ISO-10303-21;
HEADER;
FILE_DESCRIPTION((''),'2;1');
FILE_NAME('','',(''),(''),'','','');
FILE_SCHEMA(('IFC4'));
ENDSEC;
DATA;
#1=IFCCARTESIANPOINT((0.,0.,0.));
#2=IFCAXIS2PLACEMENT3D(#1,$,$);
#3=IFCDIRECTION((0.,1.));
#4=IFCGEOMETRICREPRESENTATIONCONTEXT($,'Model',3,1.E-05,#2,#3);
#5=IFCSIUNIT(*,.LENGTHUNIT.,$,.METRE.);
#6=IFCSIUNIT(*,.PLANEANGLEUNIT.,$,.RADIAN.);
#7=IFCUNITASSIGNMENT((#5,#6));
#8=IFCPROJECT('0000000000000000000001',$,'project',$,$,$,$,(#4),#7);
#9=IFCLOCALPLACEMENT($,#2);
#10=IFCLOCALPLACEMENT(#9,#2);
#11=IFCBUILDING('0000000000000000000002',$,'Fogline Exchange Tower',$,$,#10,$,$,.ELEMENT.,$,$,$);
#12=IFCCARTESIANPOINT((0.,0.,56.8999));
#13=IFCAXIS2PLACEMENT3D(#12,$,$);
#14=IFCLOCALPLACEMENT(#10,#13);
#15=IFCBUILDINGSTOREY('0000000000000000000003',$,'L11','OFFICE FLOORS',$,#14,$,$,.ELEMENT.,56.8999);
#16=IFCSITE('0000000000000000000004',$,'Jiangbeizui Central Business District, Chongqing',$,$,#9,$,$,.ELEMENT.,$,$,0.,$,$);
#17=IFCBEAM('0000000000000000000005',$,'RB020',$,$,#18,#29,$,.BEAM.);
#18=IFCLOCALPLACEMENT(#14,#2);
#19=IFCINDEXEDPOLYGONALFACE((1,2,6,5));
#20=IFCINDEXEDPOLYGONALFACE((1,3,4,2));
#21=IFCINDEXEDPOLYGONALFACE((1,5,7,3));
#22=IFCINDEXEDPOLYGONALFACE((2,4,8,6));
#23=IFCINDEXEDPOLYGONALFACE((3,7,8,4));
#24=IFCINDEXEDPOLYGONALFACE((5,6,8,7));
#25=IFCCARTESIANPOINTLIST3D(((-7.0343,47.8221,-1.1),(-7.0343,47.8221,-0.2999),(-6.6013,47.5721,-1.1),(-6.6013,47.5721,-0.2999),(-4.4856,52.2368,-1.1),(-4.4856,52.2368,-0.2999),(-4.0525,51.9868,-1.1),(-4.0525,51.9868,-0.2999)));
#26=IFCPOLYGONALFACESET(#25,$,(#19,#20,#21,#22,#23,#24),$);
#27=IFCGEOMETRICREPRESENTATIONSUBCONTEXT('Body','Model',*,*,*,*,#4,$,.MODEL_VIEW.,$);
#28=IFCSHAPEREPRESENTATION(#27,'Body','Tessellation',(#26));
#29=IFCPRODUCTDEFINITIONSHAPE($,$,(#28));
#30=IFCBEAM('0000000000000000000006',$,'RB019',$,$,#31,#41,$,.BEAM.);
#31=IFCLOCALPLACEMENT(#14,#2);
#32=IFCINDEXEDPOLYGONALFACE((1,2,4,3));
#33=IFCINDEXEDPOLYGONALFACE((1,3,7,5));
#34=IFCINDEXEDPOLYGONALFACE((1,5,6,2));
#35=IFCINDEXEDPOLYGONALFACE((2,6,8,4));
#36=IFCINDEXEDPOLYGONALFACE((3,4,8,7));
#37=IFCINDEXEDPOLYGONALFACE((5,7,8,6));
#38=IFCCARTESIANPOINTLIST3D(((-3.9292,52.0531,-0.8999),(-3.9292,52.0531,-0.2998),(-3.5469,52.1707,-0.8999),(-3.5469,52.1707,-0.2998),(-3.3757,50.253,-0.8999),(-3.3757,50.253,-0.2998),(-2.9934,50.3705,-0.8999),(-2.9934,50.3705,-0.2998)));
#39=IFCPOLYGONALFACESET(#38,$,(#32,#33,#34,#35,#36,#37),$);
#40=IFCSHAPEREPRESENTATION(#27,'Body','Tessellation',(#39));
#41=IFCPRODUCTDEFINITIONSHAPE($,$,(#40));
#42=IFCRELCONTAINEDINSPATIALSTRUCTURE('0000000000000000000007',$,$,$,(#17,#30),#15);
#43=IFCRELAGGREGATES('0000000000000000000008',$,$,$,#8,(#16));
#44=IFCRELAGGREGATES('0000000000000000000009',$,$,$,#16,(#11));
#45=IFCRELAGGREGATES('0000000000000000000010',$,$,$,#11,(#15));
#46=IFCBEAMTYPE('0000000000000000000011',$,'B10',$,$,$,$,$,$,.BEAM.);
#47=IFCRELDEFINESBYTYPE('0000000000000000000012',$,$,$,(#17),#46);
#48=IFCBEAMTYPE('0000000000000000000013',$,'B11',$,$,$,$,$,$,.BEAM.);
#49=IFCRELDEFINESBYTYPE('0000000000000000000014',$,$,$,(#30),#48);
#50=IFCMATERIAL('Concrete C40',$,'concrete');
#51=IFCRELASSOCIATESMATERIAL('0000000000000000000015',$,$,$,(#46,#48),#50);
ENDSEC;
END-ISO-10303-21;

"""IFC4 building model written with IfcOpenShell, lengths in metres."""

from ifc_helpers import new_model, si_unit, direction, frame, origin, origin_2d, place, context, subcontext, project, spatial, rectangle, extrude, material, material_profile, profile_set, type_object, element, save


model = new_model("IFC4")

# Units and contexts
model_context = context("Model", 3, precision=1e-05, world=origin(), true_north=direction((0.0, 1.0)))
body_context = subcontext(model_context, "Body", "Model", "MODEL_VIEW")
ifc_project = project(units=[si_unit("LENGTHUNIT", "METRE"), si_unit("PLANEANGLEUNIT", "RADIAN")], contexts=[model_context])

# Site, building, storey
site_placement = place(None, origin())
site = spatial("IfcSite", under=ifc_project, at=site_placement, Name="Jiangbeizui Central Business District, Chongqing", CompositionType="ELEMENT", RefElevation=0.0)
building_placement = place(site_placement, origin())
building = spatial("IfcBuilding", under=site, at=building_placement, Name="Fogline Exchange Tower", CompositionType="ELEMENT")
storey_placement = place(building_placement, frame((0.0, 0.0, 56.8999)))
storey = spatial("IfcBuildingStorey", under=building, at=storey_placement, Name="L11", Description="OFFICE FLOORS", CompositionType="ELEMENT", Elevation=56.8999)

# Beams
ifc_material = material(Name="Concrete C40", Category="concrete")
ifc_material_profile_1 = material_profile(ifc_material, rectangle(XDim=0.5, YDim=0.8, at=origin_2d()), Name="RC 500x800")
ifc_profile_set_1 = profile_set([ifc_material_profile_1], Name="Concrete C40")
beam_type_1 = type_object("IfcBeamType", Name="B10", PredefinedType="BEAM", material=ifc_profile_set_1)
beam_1_placement = place(storey_placement, frame((-4.269, 52.1118, -0.7), z_axis=(-0.499992, -0.86603, 0.0), x_axis=(0.86603, -0.499992, 0.0)))
element("IfcBeam", 1, at=beam_1_placement, inside=storey, type_object=beam_type_1, Name="RB020", PredefinedType="BEAM", context=body_context, shape_type="SweptSolid", body=[
    extrude(rectangle(XDim=0.5, YDim=0.8, at=origin_2d()), origin(), (0.0, 0.0, 1.0), 5.0977),
])
ifc_material_profile_2 = material_profile(ifc_material, rectangle(XDim=0.3999, YDim=0.6001, at=origin_2d()), Name="RC 400x600")
ifc_profile_set_2 = profile_set([ifc_material_profile_2], Name="Concrete C40")
beam_type_2 = type_object("IfcBeamType", Name="B11", PredefinedType="BEAM", material=ifc_profile_set_2)
beam_2_placement = place(storey_placement, frame((-3.1846, 50.3118, -0.5999), z_axis=(-0.293895, 0.955838, 0.0), x_axis=(-0.955838, -0.293895, 0.0)))
element("IfcBeam", 2, at=beam_2_placement, inside=storey, type_object=beam_type_2, Name="RB019", PredefinedType="BEAM", context=body_context, shape_type="SweptSolid", body=[
    extrude(rectangle(XDim=0.3999, YDim=0.6001, at=origin_2d()), origin(), (0.0, 0.0, 1.0), 1.8833),
])

save(model, "model.ifc")
